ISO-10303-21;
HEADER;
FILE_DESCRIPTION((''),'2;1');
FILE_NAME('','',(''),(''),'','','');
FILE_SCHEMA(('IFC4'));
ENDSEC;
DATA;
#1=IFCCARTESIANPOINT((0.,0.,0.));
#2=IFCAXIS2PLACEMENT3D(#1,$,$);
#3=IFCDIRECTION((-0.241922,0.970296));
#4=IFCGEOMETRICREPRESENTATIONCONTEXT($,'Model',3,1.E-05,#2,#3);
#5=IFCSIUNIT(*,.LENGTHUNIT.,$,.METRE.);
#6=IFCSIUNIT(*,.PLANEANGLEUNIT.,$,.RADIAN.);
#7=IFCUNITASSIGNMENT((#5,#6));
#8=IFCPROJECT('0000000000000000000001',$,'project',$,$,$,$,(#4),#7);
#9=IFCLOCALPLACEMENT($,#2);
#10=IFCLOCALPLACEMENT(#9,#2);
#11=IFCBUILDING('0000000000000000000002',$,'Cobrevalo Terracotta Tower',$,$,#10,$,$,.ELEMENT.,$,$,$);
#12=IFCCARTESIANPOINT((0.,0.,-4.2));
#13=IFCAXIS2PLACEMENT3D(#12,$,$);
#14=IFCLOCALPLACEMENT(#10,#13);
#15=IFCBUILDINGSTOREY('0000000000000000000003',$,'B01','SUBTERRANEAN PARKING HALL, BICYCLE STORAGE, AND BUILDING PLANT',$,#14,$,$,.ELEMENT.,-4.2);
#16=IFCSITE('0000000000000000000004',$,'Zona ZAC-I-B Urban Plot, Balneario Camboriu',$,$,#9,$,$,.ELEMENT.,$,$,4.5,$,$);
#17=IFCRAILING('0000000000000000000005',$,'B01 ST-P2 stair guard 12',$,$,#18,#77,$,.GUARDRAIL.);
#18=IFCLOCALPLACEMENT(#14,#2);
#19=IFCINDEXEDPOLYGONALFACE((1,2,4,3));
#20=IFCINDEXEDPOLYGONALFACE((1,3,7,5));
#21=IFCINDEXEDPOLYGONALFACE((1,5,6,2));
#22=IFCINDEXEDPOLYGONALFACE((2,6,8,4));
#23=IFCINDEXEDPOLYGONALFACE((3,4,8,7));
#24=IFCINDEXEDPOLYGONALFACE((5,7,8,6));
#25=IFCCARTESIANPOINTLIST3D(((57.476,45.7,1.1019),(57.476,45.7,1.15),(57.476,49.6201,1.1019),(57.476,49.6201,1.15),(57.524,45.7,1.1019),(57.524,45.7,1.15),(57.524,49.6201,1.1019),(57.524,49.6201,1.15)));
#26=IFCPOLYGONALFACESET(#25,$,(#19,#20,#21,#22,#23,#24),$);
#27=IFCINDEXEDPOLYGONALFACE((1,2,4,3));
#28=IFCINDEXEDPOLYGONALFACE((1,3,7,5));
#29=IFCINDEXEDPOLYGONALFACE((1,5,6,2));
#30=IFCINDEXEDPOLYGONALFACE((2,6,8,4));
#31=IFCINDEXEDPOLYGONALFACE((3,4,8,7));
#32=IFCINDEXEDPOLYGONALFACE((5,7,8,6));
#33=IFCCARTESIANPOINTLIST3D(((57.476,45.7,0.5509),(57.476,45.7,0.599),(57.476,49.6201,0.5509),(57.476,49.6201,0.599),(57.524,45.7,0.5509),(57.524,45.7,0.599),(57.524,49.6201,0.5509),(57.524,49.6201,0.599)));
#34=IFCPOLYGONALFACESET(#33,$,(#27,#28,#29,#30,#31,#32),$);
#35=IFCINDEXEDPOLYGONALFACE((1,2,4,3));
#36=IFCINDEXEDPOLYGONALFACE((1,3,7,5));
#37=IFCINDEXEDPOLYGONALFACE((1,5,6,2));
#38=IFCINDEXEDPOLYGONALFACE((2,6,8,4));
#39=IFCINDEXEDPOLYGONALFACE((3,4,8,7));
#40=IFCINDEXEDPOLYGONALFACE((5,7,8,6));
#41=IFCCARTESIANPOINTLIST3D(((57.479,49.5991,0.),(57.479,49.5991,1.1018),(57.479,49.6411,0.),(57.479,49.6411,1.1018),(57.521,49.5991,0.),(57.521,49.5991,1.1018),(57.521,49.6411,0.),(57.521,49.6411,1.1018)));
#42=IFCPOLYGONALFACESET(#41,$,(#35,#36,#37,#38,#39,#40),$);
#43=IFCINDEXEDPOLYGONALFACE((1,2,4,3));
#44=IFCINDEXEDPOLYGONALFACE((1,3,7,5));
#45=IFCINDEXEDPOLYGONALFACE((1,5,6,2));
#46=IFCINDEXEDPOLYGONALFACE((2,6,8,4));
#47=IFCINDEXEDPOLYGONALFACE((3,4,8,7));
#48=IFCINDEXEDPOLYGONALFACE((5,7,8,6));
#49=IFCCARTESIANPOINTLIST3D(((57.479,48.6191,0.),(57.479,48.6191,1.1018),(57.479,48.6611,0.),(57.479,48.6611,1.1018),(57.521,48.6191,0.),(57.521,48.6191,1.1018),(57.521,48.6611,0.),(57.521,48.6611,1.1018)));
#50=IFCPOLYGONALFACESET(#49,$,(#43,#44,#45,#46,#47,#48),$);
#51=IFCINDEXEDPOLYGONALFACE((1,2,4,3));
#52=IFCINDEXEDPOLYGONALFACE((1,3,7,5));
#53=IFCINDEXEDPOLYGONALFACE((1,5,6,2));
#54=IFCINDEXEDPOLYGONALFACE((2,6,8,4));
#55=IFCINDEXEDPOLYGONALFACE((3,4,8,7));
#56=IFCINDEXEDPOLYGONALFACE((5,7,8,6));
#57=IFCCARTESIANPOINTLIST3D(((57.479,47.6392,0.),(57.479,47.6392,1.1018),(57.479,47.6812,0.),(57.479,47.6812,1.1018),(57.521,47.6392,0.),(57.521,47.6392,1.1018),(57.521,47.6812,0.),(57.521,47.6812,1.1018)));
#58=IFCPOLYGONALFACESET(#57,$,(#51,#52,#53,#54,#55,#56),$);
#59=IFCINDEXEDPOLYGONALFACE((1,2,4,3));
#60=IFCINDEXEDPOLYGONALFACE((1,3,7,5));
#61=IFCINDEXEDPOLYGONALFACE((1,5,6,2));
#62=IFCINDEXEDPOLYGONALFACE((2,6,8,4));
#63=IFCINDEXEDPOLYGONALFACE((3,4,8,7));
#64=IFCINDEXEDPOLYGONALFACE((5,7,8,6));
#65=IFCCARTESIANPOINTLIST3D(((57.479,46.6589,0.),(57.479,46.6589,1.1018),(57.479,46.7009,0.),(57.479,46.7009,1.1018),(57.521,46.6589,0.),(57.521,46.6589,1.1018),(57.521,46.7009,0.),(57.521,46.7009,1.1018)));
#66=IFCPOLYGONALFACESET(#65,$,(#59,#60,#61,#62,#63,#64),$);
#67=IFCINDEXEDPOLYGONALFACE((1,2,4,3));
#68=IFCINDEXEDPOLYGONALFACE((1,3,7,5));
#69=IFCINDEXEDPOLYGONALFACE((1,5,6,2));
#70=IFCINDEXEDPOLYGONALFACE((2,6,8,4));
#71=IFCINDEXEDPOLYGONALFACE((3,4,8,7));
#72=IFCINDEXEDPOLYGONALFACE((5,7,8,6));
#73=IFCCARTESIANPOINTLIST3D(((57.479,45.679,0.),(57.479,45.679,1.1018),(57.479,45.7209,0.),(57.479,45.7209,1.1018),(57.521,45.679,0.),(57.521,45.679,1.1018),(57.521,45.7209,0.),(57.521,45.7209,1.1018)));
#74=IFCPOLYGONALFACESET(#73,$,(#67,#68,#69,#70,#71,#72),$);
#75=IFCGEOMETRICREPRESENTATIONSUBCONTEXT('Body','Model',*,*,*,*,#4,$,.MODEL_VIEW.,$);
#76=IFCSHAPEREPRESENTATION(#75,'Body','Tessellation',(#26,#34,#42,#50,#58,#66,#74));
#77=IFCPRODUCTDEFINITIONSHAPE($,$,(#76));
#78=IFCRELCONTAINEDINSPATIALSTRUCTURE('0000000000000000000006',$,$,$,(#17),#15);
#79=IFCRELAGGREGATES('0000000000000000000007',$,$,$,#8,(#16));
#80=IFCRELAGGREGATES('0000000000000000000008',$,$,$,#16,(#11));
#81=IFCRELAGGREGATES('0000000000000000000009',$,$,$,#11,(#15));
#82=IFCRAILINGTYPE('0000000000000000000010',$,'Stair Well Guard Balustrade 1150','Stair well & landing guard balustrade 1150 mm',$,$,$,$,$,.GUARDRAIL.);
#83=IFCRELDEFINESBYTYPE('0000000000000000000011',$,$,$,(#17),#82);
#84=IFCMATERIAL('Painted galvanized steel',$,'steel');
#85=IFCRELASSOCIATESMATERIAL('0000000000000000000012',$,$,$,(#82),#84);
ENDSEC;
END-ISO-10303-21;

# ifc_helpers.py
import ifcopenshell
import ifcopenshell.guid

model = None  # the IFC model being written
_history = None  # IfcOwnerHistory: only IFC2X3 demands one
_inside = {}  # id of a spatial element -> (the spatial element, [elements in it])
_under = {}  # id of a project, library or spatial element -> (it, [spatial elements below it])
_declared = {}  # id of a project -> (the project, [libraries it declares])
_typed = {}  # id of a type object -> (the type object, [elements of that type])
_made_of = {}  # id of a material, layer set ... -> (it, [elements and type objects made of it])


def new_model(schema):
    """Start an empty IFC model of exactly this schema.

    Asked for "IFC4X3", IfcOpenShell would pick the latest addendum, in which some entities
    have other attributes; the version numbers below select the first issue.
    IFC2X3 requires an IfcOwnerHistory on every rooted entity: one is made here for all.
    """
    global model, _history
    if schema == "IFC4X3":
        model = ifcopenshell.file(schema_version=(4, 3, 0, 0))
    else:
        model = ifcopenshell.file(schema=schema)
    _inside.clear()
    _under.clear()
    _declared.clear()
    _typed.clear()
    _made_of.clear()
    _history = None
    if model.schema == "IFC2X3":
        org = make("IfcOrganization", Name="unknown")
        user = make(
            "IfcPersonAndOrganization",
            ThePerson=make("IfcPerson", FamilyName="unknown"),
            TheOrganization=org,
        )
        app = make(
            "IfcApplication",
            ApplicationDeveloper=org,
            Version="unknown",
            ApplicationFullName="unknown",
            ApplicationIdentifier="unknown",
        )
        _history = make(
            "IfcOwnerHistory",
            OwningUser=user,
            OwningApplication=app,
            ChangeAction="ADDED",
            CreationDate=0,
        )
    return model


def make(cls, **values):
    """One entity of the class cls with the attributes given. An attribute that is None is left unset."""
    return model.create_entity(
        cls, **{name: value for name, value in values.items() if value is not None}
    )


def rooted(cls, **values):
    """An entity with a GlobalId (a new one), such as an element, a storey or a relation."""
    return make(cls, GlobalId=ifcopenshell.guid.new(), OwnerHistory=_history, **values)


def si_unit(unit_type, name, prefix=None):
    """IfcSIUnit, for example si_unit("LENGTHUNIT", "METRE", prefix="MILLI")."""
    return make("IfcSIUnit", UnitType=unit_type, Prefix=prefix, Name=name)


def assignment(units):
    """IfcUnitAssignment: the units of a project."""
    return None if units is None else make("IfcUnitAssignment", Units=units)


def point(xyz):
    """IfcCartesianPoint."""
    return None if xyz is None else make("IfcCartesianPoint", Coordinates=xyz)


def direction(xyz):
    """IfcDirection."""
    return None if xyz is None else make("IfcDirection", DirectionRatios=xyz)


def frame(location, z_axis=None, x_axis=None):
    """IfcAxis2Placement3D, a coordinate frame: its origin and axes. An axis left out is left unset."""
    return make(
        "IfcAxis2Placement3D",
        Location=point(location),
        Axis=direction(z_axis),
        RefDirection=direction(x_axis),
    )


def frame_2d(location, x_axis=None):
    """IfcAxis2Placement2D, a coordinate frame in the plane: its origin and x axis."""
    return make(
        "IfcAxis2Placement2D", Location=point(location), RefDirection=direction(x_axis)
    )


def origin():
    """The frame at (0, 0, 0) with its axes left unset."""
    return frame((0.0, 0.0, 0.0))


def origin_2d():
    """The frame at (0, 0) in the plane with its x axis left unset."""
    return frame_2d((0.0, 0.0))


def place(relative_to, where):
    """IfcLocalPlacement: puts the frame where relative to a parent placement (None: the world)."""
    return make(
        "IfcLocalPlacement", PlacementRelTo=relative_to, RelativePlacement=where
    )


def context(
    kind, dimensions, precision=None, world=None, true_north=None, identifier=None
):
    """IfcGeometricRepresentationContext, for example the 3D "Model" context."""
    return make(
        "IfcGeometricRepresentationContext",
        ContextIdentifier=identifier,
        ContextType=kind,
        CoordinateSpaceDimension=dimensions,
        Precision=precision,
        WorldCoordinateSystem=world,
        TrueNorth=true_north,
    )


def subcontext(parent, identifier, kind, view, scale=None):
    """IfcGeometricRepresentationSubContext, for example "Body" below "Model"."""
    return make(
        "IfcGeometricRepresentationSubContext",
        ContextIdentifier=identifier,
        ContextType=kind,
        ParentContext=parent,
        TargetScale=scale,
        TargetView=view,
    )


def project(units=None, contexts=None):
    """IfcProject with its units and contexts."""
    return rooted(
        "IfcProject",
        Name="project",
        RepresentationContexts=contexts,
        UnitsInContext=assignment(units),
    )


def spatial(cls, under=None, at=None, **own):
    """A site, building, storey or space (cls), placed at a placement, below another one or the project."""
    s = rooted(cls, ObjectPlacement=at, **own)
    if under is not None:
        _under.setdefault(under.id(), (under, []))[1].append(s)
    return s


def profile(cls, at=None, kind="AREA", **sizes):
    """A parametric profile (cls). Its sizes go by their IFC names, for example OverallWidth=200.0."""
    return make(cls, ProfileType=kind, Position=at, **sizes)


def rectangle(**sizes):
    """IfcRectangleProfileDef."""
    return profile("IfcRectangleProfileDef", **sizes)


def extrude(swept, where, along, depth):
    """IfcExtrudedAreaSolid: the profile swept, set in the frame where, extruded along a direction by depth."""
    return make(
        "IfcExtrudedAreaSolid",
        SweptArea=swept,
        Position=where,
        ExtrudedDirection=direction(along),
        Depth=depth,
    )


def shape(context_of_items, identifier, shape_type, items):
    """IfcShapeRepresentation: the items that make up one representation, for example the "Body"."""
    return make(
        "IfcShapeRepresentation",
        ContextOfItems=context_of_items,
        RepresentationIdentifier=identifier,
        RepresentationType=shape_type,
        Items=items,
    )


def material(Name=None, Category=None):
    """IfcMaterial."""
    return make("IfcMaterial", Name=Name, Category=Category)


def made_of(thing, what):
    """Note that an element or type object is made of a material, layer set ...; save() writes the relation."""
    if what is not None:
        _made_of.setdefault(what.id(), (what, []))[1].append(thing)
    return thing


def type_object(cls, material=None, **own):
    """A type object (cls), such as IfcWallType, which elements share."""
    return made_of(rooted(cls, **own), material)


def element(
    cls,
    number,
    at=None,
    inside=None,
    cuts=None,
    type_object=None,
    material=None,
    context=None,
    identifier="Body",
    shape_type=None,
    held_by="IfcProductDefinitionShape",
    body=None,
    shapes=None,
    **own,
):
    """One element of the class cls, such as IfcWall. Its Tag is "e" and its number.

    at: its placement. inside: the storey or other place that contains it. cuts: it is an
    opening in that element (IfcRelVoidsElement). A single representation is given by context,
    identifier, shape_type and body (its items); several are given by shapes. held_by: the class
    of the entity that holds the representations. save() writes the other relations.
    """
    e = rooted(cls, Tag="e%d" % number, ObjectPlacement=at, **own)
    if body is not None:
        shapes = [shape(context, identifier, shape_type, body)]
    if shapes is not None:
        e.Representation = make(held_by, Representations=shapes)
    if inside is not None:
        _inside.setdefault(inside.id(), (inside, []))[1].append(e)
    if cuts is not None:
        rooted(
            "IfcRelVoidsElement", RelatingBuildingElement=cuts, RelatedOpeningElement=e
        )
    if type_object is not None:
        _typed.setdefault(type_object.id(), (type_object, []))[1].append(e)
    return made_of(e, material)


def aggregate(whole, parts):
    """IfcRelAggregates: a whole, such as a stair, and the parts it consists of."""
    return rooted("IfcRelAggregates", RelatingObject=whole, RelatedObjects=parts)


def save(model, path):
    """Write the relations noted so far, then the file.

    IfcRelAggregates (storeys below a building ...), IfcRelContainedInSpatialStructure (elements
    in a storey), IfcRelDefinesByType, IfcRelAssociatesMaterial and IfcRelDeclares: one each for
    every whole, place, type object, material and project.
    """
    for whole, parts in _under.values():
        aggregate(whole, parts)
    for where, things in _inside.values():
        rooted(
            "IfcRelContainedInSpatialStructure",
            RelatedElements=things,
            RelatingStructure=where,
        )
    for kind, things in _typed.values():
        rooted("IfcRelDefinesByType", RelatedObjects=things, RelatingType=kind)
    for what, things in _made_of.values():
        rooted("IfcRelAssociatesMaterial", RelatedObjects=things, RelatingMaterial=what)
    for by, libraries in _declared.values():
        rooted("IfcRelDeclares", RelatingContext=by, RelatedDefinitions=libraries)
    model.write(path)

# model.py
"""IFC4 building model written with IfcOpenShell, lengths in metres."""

from ifc_helpers import new_model, si_unit, direction, frame, origin, origin_2d, place, context, subcontext, project, spatial, rectangle, extrude, material, type_object, element, save


model = new_model("IFC4")

# Units and contexts
model_context = context("Model", 3, precision=1e-05, world=origin(), true_north=direction((-0.241922, 0.970296)))
body_context = subcontext(model_context, "Body", "Model", "MODEL_VIEW")
ifc_project = project(units=[si_unit("LENGTHUNIT", "METRE"), si_unit("PLANEANGLEUNIT", "RADIAN")], contexts=[model_context])

# Site, building, storey
site_placement = place(None, origin())
site = spatial("IfcSite", under=ifc_project, at=site_placement, Name="Zona ZAC-I-B Urban Plot, Balneario Camboriu", CompositionType="ELEMENT", RefElevation=4.5)
building_placement = place(site_placement, origin())
building = spatial("IfcBuilding", under=site, at=building_placement, Name="Cobrevalo Terracotta Tower", CompositionType="ELEMENT")
storey_placement = place(building_placement, frame((0.0, 0.0, -4.2)))
storey = spatial("IfcBuildingStorey", under=building, at=storey_placement, Name="B01", Description="SUBTERRANEAN PARKING HALL, BICYCLE STORAGE, AND BUILDING PLANT", CompositionType="ELEMENT", Elevation=-4.2)

# Railing
ifc_material_1 = material(Name="Painted galvanized steel", Category="steel")
railing_type = type_object("IfcRailingType", Name="Stair Well Guard Balustrade 1150", Description="Stair well & landing guard balustrade 1150 mm", PredefinedType="GUARDRAIL", material=ifc_material_1)
railing_1_placement = place(storey_placement, frame((57.5, 49.6201, 0.0)))
element("IfcRailing", 1, at=railing_1_placement, inside=storey, type_object=railing_type, Name="B01 ST-P2 stair guard 12", PredefinedType="GUARDRAIL", context=body_context, shape_type="SweptSolid", body=[
    extrude(rectangle(XDim=0.0481, YDim=0.0481, at=origin_2d()), frame((0.0, 0.0, 1.126), z_axis=(0.0, -1.0, 0.0), x_axis=(1.0, 0.0, 0.0)), (0.0, 0.0, 1.0), 3.9202),
    extrude(rectangle(XDim=0.0481, YDim=0.0481, at=origin_2d()), frame((0.0, 0.0, 0.575), z_axis=(0.0, -1.0, 0.0), x_axis=(1.0, 0.0, 0.0)), (0.0, 0.0, 1.0), 3.9202),
    extrude(rectangle(XDim=0.042, YDim=0.042, at=origin_2d()), origin(), (0.0, 0.0, 1.0), 1.1018),
    extrude(rectangle(XDim=0.042, YDim=0.042, at=origin_2d()), frame((0.0, -0.98, 0.0)), (0.0, 0.0, 1.0), 1.1018),
    extrude(rectangle(XDim=0.042, YDim=0.042, at=origin_2d()), frame((0.0, -1.96, 0.0)), (0.0, 0.0, 1.0), 1.1018),
    extrude(rectangle(XDim=0.042, YDim=0.042, at=origin_2d()), frame((0.0, -2.9402, 0.0)), (0.0, 0.0, 1.0), 1.1018),
    extrude(rectangle(XDim=0.042, YDim=0.042, at=origin_2d()), frame((0.0, -3.9202, 0.0)), (0.0, 0.0, 1.0), 1.1018),
])

save(model, "model.ifc")
